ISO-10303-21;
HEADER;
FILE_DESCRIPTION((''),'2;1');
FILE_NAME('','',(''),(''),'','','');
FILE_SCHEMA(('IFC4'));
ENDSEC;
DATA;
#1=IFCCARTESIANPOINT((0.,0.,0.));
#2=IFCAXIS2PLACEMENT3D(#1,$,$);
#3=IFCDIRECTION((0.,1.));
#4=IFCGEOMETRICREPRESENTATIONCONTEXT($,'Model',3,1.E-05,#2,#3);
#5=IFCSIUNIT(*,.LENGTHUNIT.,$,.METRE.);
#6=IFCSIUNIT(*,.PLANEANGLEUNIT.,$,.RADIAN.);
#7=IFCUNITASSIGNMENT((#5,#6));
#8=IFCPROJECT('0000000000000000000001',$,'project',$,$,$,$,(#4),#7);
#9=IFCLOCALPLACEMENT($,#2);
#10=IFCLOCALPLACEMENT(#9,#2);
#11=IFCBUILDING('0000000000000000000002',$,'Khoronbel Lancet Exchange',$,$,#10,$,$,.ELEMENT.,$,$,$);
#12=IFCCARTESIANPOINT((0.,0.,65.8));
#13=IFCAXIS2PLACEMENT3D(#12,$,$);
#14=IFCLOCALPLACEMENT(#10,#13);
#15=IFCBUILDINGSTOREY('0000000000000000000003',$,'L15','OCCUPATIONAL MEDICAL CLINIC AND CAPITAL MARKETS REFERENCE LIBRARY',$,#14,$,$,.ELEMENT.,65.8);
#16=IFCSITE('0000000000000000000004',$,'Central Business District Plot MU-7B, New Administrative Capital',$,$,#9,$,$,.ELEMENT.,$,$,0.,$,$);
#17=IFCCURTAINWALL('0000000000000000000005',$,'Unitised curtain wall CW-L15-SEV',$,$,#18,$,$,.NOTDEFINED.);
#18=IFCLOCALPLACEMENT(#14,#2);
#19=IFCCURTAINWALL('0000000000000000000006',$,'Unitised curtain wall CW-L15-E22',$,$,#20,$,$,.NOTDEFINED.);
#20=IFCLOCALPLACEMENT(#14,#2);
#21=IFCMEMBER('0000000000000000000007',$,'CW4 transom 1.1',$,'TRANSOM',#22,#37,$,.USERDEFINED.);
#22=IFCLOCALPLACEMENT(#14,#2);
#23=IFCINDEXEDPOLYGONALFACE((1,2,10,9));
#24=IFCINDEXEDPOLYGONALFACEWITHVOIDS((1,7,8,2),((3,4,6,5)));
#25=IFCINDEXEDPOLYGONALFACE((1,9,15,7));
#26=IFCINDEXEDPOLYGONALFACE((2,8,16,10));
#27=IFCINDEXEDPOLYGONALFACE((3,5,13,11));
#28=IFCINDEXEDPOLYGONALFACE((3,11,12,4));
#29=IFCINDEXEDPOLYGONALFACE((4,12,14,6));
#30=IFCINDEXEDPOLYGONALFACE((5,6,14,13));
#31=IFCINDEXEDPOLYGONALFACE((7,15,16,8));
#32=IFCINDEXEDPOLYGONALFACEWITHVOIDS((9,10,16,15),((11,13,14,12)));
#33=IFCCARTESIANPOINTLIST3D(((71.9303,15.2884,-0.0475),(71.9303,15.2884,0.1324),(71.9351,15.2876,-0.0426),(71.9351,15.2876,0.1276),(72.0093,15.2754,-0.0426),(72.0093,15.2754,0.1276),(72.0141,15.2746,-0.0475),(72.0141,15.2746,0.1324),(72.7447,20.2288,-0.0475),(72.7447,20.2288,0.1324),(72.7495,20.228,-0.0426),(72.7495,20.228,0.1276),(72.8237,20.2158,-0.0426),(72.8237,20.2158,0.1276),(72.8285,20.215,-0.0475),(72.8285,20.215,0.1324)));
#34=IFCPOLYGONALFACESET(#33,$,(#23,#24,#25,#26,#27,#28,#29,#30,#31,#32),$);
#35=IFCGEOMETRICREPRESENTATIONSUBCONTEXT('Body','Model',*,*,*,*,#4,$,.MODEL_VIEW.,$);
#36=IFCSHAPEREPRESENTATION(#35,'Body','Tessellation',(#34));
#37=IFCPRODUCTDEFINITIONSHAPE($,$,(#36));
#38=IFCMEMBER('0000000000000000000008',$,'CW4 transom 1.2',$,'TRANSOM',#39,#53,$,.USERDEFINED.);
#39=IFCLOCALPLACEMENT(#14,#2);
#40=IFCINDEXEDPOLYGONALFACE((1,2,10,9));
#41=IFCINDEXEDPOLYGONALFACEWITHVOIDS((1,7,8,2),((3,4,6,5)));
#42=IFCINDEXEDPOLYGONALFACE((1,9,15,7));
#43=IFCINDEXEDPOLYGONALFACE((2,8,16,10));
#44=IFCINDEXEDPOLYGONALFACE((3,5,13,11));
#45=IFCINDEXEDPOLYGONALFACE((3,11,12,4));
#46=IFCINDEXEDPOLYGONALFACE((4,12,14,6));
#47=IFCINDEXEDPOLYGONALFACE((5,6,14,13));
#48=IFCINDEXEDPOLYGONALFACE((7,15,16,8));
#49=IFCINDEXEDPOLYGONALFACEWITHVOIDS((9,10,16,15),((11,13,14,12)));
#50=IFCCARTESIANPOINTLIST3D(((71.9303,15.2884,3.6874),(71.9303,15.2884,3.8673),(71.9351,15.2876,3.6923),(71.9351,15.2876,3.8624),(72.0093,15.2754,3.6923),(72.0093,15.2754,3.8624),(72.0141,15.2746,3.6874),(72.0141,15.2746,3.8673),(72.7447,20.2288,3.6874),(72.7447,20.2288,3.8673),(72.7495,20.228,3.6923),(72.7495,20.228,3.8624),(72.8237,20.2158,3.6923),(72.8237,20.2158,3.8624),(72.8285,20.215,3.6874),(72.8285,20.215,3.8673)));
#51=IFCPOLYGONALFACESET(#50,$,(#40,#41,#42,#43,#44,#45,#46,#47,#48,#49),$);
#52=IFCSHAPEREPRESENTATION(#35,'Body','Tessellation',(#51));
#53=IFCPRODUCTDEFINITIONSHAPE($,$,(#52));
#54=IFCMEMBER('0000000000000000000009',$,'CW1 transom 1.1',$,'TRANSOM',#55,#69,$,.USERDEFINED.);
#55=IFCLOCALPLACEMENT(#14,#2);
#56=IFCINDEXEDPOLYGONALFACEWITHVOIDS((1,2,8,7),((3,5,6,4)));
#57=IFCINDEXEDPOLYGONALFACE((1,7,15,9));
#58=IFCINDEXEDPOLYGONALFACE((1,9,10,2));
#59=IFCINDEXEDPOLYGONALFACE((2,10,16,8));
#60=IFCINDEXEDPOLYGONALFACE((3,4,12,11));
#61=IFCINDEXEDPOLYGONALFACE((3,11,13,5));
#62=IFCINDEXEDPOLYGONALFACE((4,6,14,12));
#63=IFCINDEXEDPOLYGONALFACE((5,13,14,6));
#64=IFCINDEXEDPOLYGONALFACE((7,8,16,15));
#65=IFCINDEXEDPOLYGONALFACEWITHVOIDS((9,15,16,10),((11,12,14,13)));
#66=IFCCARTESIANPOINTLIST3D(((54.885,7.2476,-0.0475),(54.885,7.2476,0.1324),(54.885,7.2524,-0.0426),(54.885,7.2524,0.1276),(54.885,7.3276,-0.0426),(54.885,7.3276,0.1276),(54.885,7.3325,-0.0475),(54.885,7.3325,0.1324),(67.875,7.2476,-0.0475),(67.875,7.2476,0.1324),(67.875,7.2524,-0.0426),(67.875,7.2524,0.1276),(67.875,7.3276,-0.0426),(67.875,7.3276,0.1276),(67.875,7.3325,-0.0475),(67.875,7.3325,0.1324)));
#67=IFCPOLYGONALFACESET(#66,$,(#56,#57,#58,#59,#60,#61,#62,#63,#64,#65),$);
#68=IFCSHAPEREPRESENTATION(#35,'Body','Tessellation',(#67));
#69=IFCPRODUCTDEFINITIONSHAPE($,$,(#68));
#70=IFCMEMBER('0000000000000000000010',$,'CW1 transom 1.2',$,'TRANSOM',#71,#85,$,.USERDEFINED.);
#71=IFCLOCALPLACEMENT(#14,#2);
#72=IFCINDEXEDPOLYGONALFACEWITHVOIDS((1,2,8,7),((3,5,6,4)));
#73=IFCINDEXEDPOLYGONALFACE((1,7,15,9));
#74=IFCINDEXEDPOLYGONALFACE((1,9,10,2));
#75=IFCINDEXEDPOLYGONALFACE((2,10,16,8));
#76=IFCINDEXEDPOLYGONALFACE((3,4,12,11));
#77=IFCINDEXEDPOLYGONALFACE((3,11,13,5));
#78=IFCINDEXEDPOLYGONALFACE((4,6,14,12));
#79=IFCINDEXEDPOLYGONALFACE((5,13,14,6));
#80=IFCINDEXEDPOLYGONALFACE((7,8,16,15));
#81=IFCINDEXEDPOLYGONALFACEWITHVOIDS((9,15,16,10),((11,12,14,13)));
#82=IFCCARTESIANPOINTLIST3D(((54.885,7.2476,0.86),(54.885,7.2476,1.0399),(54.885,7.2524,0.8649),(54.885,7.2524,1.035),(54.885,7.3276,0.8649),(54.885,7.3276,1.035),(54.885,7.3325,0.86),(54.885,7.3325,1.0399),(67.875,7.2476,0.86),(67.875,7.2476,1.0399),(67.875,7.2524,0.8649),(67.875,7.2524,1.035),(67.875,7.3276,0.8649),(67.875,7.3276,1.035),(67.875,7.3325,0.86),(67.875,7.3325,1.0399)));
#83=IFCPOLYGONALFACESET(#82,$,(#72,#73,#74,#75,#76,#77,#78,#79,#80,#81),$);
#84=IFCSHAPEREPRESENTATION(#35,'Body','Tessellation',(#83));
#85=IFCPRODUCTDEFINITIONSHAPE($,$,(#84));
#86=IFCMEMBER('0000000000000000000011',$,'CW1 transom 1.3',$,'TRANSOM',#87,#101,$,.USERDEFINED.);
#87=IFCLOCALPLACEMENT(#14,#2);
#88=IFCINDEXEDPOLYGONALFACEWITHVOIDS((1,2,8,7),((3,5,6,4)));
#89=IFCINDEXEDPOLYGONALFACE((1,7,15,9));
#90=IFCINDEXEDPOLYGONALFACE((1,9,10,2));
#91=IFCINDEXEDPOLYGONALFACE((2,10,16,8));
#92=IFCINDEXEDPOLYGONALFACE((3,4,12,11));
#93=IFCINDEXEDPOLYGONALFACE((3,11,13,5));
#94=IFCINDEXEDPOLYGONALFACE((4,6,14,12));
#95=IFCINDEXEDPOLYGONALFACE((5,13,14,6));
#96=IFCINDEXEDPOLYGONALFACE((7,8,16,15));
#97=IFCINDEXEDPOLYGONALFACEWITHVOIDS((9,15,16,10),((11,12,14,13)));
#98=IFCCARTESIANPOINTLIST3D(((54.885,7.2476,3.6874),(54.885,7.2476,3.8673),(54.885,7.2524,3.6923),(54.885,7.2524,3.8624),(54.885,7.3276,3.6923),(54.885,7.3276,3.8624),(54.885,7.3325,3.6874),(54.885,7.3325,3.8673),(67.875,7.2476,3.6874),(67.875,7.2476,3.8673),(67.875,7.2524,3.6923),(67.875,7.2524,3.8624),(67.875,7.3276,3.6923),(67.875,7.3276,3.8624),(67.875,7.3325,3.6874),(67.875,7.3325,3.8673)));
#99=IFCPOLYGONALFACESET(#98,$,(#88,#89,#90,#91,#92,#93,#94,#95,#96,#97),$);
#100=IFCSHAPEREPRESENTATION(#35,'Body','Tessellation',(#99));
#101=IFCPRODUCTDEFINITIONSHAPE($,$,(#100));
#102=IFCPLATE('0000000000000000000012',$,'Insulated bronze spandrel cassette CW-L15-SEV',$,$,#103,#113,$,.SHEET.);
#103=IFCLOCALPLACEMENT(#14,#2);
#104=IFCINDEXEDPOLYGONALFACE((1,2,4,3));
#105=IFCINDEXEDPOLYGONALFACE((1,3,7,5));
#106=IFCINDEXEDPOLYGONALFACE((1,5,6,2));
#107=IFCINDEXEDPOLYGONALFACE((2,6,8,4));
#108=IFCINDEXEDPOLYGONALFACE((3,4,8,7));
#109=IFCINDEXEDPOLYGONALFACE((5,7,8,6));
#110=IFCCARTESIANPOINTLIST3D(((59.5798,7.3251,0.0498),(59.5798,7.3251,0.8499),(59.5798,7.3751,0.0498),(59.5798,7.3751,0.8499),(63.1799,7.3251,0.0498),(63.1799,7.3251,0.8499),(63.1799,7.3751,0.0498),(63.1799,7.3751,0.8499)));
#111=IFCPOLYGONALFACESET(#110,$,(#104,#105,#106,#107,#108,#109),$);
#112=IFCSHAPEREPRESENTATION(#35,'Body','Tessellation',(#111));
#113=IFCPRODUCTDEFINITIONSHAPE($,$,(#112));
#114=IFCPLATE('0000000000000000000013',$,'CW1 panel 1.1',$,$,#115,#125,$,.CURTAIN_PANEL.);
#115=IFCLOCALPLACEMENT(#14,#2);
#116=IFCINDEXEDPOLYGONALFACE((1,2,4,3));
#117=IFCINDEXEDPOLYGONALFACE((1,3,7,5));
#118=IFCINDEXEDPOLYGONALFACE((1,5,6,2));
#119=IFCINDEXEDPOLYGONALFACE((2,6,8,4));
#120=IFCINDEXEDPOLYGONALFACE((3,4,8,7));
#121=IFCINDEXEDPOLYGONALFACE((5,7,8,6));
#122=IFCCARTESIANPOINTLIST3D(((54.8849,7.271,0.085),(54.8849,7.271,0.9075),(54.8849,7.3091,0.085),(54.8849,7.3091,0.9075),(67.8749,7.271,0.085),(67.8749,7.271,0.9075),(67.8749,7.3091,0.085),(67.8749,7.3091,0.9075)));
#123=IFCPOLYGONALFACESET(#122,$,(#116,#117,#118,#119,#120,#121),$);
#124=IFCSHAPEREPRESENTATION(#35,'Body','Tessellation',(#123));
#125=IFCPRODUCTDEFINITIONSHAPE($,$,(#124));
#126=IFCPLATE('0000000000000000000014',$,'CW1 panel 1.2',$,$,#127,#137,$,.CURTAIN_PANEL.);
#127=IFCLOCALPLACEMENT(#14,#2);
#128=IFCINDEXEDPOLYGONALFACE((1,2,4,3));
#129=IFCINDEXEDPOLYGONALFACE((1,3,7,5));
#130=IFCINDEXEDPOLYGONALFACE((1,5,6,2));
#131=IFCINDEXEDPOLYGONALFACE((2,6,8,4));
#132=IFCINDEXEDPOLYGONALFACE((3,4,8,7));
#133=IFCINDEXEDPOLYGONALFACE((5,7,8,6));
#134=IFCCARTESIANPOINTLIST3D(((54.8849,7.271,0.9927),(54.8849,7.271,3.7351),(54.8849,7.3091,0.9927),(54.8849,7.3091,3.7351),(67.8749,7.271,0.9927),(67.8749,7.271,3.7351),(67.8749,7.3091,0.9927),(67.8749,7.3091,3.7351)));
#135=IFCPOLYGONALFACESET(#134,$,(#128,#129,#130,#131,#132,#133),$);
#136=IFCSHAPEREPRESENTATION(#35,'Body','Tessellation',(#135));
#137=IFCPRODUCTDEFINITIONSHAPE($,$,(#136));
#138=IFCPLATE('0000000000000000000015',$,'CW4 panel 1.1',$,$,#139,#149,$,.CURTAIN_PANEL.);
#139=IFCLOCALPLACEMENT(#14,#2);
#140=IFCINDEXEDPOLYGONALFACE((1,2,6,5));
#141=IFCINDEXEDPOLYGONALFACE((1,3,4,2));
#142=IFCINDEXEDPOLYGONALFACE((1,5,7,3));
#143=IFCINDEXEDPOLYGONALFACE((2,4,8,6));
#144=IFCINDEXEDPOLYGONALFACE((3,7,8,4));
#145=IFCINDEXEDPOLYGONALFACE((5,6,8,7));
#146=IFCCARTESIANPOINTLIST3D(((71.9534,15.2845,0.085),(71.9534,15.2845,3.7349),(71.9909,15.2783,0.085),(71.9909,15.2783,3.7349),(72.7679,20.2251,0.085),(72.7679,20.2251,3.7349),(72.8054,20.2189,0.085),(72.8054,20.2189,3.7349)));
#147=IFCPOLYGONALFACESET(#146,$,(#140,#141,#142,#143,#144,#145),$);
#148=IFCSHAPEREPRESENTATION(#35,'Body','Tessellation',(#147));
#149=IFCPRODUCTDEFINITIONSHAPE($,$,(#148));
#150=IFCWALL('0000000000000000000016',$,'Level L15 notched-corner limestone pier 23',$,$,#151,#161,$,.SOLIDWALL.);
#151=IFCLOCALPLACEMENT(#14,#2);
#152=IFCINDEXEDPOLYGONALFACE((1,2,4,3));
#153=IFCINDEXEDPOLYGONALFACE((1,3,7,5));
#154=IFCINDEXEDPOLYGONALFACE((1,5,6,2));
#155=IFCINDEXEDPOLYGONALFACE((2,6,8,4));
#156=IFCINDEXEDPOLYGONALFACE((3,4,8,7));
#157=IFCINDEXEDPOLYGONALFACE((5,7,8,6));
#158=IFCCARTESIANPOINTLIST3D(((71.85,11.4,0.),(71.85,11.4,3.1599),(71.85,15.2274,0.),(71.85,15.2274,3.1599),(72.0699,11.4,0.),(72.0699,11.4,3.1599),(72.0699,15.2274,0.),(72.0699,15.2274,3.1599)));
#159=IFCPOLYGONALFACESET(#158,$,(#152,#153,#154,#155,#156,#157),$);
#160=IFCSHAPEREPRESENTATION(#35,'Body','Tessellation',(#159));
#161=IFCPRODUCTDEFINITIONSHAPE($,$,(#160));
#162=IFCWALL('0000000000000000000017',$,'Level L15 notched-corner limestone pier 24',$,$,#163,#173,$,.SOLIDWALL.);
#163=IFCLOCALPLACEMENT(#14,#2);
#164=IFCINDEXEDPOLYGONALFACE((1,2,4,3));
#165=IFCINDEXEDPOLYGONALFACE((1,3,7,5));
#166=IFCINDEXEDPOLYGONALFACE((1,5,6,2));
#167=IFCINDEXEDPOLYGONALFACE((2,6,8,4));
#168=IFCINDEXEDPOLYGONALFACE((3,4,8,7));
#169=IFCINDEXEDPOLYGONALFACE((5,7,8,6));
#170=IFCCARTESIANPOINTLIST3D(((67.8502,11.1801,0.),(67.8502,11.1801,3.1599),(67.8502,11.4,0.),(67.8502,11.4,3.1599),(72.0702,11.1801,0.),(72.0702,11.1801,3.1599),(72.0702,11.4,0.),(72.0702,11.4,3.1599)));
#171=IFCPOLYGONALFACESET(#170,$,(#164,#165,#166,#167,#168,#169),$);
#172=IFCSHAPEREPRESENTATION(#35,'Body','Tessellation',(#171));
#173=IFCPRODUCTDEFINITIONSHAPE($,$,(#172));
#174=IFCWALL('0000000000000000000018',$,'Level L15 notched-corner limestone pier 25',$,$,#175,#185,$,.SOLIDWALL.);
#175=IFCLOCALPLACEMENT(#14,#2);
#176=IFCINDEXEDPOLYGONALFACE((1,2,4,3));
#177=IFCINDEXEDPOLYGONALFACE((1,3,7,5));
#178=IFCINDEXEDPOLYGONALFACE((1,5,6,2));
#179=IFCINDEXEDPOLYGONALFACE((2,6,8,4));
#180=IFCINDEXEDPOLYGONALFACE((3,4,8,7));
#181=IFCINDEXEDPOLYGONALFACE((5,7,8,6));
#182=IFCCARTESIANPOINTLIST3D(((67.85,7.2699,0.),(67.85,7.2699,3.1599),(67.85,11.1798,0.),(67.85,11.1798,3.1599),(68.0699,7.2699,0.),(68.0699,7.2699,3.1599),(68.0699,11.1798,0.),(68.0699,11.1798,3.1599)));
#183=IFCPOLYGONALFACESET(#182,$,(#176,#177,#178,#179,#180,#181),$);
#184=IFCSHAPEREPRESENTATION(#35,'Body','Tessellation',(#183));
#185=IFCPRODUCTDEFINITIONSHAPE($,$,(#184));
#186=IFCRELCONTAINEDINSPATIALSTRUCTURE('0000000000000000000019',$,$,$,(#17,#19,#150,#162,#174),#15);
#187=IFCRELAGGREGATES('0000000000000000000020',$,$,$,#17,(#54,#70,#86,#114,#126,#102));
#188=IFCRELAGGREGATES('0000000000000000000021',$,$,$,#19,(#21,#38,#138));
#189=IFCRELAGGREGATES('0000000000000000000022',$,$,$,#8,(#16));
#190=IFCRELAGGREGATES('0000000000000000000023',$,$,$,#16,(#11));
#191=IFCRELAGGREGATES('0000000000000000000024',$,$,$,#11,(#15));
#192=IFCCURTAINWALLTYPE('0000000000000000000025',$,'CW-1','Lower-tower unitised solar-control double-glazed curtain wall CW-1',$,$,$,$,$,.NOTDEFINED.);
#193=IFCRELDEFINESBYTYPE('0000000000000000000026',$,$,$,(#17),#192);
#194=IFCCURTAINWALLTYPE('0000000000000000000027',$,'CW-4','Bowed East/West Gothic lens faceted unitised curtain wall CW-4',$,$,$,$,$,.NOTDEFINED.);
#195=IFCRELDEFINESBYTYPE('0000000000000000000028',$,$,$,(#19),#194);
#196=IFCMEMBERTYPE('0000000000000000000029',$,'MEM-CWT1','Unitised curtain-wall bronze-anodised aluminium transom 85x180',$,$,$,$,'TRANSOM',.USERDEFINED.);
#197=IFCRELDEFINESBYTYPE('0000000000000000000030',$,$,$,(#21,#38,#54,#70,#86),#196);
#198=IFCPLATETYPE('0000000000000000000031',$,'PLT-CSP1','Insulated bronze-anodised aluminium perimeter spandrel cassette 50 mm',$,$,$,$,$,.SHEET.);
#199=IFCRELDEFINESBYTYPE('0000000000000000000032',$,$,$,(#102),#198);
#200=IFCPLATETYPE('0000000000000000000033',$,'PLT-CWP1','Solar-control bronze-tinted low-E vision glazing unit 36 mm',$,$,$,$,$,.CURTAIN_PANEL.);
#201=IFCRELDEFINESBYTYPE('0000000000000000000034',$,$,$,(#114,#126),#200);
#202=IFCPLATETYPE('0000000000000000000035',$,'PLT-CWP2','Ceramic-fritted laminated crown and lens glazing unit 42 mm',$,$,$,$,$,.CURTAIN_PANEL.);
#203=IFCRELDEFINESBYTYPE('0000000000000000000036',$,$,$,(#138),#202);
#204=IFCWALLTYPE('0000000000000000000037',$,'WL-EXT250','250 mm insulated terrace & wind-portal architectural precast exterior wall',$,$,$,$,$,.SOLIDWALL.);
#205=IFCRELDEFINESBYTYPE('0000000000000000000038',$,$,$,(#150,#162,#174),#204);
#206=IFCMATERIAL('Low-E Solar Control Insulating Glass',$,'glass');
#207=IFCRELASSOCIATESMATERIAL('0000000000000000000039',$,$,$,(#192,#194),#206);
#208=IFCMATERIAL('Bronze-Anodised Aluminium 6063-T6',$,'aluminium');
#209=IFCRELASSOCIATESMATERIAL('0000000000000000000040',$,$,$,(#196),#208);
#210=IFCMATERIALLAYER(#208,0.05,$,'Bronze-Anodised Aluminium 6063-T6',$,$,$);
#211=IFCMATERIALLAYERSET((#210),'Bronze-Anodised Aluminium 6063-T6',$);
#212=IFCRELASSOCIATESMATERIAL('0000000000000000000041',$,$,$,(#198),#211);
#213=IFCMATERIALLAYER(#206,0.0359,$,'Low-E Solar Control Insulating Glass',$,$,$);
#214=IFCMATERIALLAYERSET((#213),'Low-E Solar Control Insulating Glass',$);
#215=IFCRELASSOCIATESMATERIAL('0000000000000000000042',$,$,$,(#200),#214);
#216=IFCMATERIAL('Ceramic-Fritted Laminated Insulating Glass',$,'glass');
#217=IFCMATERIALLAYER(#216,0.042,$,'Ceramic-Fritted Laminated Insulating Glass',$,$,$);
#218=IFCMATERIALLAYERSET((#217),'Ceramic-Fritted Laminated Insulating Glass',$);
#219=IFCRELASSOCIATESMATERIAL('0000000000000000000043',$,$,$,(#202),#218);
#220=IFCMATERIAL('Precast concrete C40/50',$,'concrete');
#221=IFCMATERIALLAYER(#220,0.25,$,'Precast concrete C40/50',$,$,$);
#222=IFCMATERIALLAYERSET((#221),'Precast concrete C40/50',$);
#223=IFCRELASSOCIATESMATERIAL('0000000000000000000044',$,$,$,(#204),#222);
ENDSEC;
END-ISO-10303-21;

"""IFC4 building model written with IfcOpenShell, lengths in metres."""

from ifc_helpers import new_model, si_unit, direction, frame, frame_2d, origin, origin_2d, place, context, subcontext, project, spatial, rectangle, hollow_rectangle, extrude, material, layer, layer_set, material_profile, profile_set, type_object, element, aggregate, save


model = new_model("IFC4")

# Units and contexts
model_context = context("Model", 3, precision=1e-05, world=origin(), true_north=direction((0.0, 1.0)))
body_context = subcontext(model_context, "Body", "Model", "MODEL_VIEW")
ifc_project = project(units=[si_unit("LENGTHUNIT", "METRE"), si_unit("PLANEANGLEUNIT", "RADIAN")], contexts=[model_context])

# Site, building, storey
site_placement = place(None, origin())
site = spatial("IfcSite", under=ifc_project, at=site_placement, Name="Central Business District Plot MU-7B, New Administrative Capital", CompositionType="ELEMENT", RefElevation=0.0)
building_placement = place(site_placement, origin())
building = spatial("IfcBuilding", under=site, at=building_placement, Name="Khoronbel Lancet Exchange", CompositionType="ELEMENT")
storey_placement = place(building_placement, frame((0.0, 0.0, 65.8)))
storey = spatial("IfcBuildingStorey", under=building, at=storey_placement, Name="L15", Description="OCCUPATIONAL MEDICAL CLINIC AND CAPITAL MARKETS REFERENCE LIBRARY", CompositionType="ELEMENT", Elevation=65.8)

# Shared definitions
ifc_material_1 = material(Name="Low-E Solar Control Insulating Glass", Category="glass")
curtain_wall_type_1 = type_object("IfcCurtainWallType", Name="CW-1", Description="Lower-tower unitised solar-control double-glazed curtain wall CW-1", PredefinedType="NOTDEFINED", material=ifc_material_1)
ifc_material_2 = material(Name="Bronze-Anodised Aluminium 6063-T6", Category="aluminium")

# Curtain walls, members
curtain_wall_1_placement = place(storey_placement, origin())
curtain_wall_1 = element("IfcCurtainWall", 1, at=curtain_wall_1_placement, inside=storey, type_object=curtain_wall_type_1, Name="Unitised curtain wall CW-L15-SEV", PredefinedType="NOTDEFINED")
curtain_wall_type_2 = type_object("IfcCurtainWallType", Name="CW-4", Description="Bowed East/West Gothic lens faceted unitised curtain wall CW-4", PredefinedType="NOTDEFINED", material=ifc_material_1)
curtain_wall_2_placement = place(storey_placement, origin())
curtain_wall_2 = element("IfcCurtainWall", 2, at=curtain_wall_2_placement, inside=storey, type_object=curtain_wall_type_2, Name="Unitised curtain wall CW-L15-E22", PredefinedType="NOTDEFINED")
ifc_material_profile_1 = material_profile(ifc_material_2, hollow_rectangle(XDim=0.085, YDim=0.1799, WallThickness=0.0049, at=origin_2d()), Name="ALU TRANSOM 85x180")
ifc_profile_set_1 = profile_set([ifc_material_profile_1], Name="Bronze-Anodised Aluminium 6063-T6")
member_type_1 = type_object("IfcMemberType", Name="MEM-CWT1", Description="Unitised curtain-wall bronze-anodised aluminium transom 85x180", ElementType="TRANSOM", PredefinedType="USERDEFINED", material=ifc_profile_set_1)
member_1_placement = place(storey_placement, frame((72.7866, 20.2219, 0.0425), z_axis=(-0.162659, -0.986682, 0.0), x_axis=(0.986682, -0.162659, 0.0)))
member_1 = element("IfcMember", 3, at=member_1_placement, type_object=member_type_1, Name="CW4 transom 1.1", ObjectType="TRANSOM", PredefinedType="USERDEFINED", context=body_context, shape_type="SweptSolid", body=[
    extrude(hollow_rectangle(XDim=0.085, YDim=0.1799, WallThickness=0.0049, at=origin_2d()), origin(), (0.0, 0.0, 1.0), 5.0071),
])
member_2_placement = place(storey_placement, frame((72.7866, 20.2219, 3.7773), z_axis=(-0.162659, -0.986682, 0.0), x_axis=(0.986682, -0.162659, 0.0)))
member_2 = element("IfcMember", 4, at=member_2_placement, type_object=member_type_1, Name="CW4 transom 1.2", ObjectType="TRANSOM", PredefinedType="USERDEFINED", context=body_context, shape_type="SweptSolid", body=[
    extrude(hollow_rectangle(XDim=0.085, YDim=0.1799, WallThickness=0.0049, at=origin_2d()), origin(), (0.0, 0.0, 1.0), 5.0071),
])

# Members
member_3_placement = place(storey_placement, frame((54.885, 7.29, 0.0425), z_axis=(1.0, 0.0, 0.0), x_axis=(0.0, 1.0, 0.0)))
member_3 = element("IfcMember", 5, at=member_3_placement, type_object=member_type_1, Name="CW1 transom 1.1", ObjectType="TRANSOM", PredefinedType="USERDEFINED", context=body_context, shape_type="SweptSolid", body=[
    extrude(hollow_rectangle(XDim=0.085, YDim=0.1799, WallThickness=0.0049, at=origin_2d()), origin(), (0.0, 0.0, 1.0), 12.99),
])
member_4_placement = place(storey_placement, frame((54.885, 7.29, 0.95), z_axis=(1.0, 0.0, 0.0), x_axis=(0.0, 1.0, 0.0)))
member_4 = element("IfcMember", 6, at=member_4_placement, type_object=member_type_1, Name="CW1 transom 1.2", ObjectType="TRANSOM", PredefinedType="USERDEFINED", context=body_context, shape_type="SweptSolid", body=[
    extrude(hollow_rectangle(XDim=0.085, YDim=0.1799, WallThickness=0.0049, at=origin_2d()), origin(), (0.0, 0.0, 1.0), 12.99),
])
member_5_placement = place(storey_placement, frame((54.885, 7.29, 3.7773), z_axis=(1.0, 0.0, 0.0), x_axis=(0.0, 1.0, 0.0)))
member_5 = element("IfcMember", 7, at=member_5_placement, type_object=member_type_1, Name="CW1 transom 1.3", ObjectType="TRANSOM", PredefinedType="USERDEFINED", context=body_context, shape_type="SweptSolid", body=[
    extrude(hollow_rectangle(XDim=0.085, YDim=0.1799, WallThickness=0.0049, at=origin_2d()), origin(), (0.0, 0.0, 1.0), 12.99),
])

# Plates
ifc_layer_1 = layer(ifc_material_2, 0.05, Name="Bronze-Anodised Aluminium 6063-T6")
ifc_layer_set_1 = layer_set([ifc_layer_1], Name="Bronze-Anodised Aluminium 6063-T6")
plate_type_1 = type_object("IfcPlateType", Name="PLT-CSP1", Description="Insulated bronze-anodised aluminium perimeter spandrel cassette 50 mm", PredefinedType="SHEET", material=ifc_layer_set_1)
plate_1_placement = place(storey_placement, frame((61.3799, 7.3501, 0.0498), z_axis=(0.0, 0.0, 1.0), x_axis=(1.0, 0.0, 0.0)))
plate_1 = element("IfcPlate", 8, at=plate_1_placement, type_object=plate_type_1, Name="Insulated bronze spandrel cassette CW-L15-SEV", PredefinedType="SHEET", context=body_context, shape_type="SweptSolid", body=[
    extrude(rectangle(XDim=3.6001, YDim=0.05, at=origin_2d()), origin(), (0.0, 0.0, 1.0), 0.8),
])
ifc_layer_2 = layer(ifc_material_1, 0.0359, Name="Low-E Solar Control Insulating Glass")
ifc_layer_set_2 = layer_set([ifc_layer_2], Name="Low-E Solar Control Insulating Glass")
plate_type_2 = type_object("IfcPlateType", Name="PLT-CWP1", Description="Solar-control bronze-tinted low-E vision glazing unit 36 mm", PredefinedType="CURTAIN_PANEL", material=ifc_layer_set_2)
plate_2_placement = place(storey_placement, frame((61.3799, 7.29, 0.085), z_axis=(0.0, 0.0, 1.0), x_axis=(1.0, 0.0, 0.0)))
plate_2 = element("IfcPlate", 9, at=plate_2_placement, type_object=plate_type_2, Name="CW1 panel 1.1", PredefinedType="CURTAIN_PANEL", context=body_context, shape_type="SweptSolid", body=[
    extrude(rectangle(XDim=12.99, YDim=0.0381, at=origin_2d()), origin(), (0.0, 0.0, 1.0), 0.8225),
])
plate_3_placement = place(storey_placement, frame((61.3799, 7.29, 0.9927), z_axis=(0.0, 0.0, 1.0), x_axis=(1.0, 0.0, 0.0)))
plate_3 = element("IfcPlate", 10, at=plate_3_placement, type_object=plate_type_2, Name="CW1 panel 1.2", PredefinedType="CURTAIN_PANEL", context=body_context, shape_type="SweptSolid", body=[
    extrude(rectangle(XDim=12.99, YDim=0.0381, at=origin_2d()), origin(), (0.0, 0.0, 1.0), 2.7424),
])
aggregate(curtain_wall_1, [member_3, member_4, member_5, plate_2, plate_3, plate_1])
ifc_material_3 = material(Name="Ceramic-Fritted Laminated Insulating Glass", Category="glass")
ifc_layer_3 = layer(ifc_material_3, 0.042, Name="Ceramic-Fritted Laminated Insulating Glass")
ifc_layer_set_3 = layer_set([ifc_layer_3], Name="Ceramic-Fritted Laminated Insulating Glass")
plate_type_3 = type_object("IfcPlateType", Name="PLT-CWP2", Description="Ceramic-fritted laminated crown and lens glazing unit 42 mm", PredefinedType="CURTAIN_PANEL", material=ifc_layer_set_3)
plate_4_placement = place(storey_placement, frame((72.3794, 17.7517, 0.085), z_axis=(0.0, 0.0, 1.0), x_axis=(-0.162663, -0.986682, 0.0)))
plate_4 = element("IfcPlate", 11, at=plate_4_placement, type_object=plate_type_3, Name="CW4 panel 1.1", PredefinedType="CURTAIN_PANEL", context=body_context, shape_type="SweptSolid", body=[
    extrude(rectangle(XDim=5.0073, YDim=0.0381, at=origin_2d()), origin(), (0.0, 0.0, 1.0), 3.6499),
])
aggregate(curtain_wall_2, [member_1, member_2, plate_4])

# Walls
ifc_material_4 = material(Name="Precast concrete C40/50", Category="concrete")
ifc_layer_4 = layer(ifc_material_4, 0.25, Name="Precast concrete C40/50")
ifc_layer_set_4 = layer_set([ifc_layer_4], Name="Precast concrete C40/50")
wall_type_1 = type_object("IfcWallType", Name="WL-EXT250", Description="250 mm insulated terrace & wind-portal architectural precast exterior wall", PredefinedType="SOLIDWALL", material=ifc_layer_set_4)
wall_1_placement = place(storey_placement, frame((71.96, 15.2273, 0.0), z_axis=(0.0, 0.0, 1.0), x_axis=(0.0, -1.0, 0.0)))
element("IfcWall", 12, at=wall_1_placement, inside=storey, type_object=wall_type_1, Name="Level L15 notched-corner limestone pier 23", PredefinedType="SOLIDWALL", context=body_context, shape_type="SweptSolid", body=[
    extrude(rectangle(XDim=3.8274, YDim=0.22, at=frame_2d((1.9136, 0.0))), origin(), (0.0, 0.0, 1.0), 3.1599),
])
wall_2_placement = place(storey_placement, frame((72.0701, 11.29, 0.0), z_axis=(0.0, 0.0, 1.0), x_axis=(-1.0, 0.0, 0.0)))
element("IfcWall", 13, at=wall_2_placement, inside=storey, type_object=wall_type_1, Name="Level L15 notched-corner limestone pier 24", PredefinedType="SOLIDWALL", context=body_context, shape_type="SweptSolid", body=[
    extrude(rectangle(XDim=4.22, YDim=0.22, at=frame_2d((2.1099, 0.0))), origin(), (0.0, 0.0, 1.0), 3.1599),
])
wall_3_placement = place(storey_placement, frame((67.96, 11.1799, 0.0), z_axis=(0.0, 0.0, 1.0), x_axis=(0.0, -1.0, 0.0)))
element("IfcWall", 14, at=wall_3_placement, inside=storey, type_object=wall_type_1, Name="Level L15 notched-corner limestone pier 25", PredefinedType="SOLIDWALL", context=body_context, shape_type="SweptSolid", body=[
    extrude(rectangle(XDim=3.9099, YDim=0.22, at=frame_2d((1.9551, 0.0))), origin(), (0.0, 0.0, 1.0), 3.1599),
])

save(model, "model.ifc")
